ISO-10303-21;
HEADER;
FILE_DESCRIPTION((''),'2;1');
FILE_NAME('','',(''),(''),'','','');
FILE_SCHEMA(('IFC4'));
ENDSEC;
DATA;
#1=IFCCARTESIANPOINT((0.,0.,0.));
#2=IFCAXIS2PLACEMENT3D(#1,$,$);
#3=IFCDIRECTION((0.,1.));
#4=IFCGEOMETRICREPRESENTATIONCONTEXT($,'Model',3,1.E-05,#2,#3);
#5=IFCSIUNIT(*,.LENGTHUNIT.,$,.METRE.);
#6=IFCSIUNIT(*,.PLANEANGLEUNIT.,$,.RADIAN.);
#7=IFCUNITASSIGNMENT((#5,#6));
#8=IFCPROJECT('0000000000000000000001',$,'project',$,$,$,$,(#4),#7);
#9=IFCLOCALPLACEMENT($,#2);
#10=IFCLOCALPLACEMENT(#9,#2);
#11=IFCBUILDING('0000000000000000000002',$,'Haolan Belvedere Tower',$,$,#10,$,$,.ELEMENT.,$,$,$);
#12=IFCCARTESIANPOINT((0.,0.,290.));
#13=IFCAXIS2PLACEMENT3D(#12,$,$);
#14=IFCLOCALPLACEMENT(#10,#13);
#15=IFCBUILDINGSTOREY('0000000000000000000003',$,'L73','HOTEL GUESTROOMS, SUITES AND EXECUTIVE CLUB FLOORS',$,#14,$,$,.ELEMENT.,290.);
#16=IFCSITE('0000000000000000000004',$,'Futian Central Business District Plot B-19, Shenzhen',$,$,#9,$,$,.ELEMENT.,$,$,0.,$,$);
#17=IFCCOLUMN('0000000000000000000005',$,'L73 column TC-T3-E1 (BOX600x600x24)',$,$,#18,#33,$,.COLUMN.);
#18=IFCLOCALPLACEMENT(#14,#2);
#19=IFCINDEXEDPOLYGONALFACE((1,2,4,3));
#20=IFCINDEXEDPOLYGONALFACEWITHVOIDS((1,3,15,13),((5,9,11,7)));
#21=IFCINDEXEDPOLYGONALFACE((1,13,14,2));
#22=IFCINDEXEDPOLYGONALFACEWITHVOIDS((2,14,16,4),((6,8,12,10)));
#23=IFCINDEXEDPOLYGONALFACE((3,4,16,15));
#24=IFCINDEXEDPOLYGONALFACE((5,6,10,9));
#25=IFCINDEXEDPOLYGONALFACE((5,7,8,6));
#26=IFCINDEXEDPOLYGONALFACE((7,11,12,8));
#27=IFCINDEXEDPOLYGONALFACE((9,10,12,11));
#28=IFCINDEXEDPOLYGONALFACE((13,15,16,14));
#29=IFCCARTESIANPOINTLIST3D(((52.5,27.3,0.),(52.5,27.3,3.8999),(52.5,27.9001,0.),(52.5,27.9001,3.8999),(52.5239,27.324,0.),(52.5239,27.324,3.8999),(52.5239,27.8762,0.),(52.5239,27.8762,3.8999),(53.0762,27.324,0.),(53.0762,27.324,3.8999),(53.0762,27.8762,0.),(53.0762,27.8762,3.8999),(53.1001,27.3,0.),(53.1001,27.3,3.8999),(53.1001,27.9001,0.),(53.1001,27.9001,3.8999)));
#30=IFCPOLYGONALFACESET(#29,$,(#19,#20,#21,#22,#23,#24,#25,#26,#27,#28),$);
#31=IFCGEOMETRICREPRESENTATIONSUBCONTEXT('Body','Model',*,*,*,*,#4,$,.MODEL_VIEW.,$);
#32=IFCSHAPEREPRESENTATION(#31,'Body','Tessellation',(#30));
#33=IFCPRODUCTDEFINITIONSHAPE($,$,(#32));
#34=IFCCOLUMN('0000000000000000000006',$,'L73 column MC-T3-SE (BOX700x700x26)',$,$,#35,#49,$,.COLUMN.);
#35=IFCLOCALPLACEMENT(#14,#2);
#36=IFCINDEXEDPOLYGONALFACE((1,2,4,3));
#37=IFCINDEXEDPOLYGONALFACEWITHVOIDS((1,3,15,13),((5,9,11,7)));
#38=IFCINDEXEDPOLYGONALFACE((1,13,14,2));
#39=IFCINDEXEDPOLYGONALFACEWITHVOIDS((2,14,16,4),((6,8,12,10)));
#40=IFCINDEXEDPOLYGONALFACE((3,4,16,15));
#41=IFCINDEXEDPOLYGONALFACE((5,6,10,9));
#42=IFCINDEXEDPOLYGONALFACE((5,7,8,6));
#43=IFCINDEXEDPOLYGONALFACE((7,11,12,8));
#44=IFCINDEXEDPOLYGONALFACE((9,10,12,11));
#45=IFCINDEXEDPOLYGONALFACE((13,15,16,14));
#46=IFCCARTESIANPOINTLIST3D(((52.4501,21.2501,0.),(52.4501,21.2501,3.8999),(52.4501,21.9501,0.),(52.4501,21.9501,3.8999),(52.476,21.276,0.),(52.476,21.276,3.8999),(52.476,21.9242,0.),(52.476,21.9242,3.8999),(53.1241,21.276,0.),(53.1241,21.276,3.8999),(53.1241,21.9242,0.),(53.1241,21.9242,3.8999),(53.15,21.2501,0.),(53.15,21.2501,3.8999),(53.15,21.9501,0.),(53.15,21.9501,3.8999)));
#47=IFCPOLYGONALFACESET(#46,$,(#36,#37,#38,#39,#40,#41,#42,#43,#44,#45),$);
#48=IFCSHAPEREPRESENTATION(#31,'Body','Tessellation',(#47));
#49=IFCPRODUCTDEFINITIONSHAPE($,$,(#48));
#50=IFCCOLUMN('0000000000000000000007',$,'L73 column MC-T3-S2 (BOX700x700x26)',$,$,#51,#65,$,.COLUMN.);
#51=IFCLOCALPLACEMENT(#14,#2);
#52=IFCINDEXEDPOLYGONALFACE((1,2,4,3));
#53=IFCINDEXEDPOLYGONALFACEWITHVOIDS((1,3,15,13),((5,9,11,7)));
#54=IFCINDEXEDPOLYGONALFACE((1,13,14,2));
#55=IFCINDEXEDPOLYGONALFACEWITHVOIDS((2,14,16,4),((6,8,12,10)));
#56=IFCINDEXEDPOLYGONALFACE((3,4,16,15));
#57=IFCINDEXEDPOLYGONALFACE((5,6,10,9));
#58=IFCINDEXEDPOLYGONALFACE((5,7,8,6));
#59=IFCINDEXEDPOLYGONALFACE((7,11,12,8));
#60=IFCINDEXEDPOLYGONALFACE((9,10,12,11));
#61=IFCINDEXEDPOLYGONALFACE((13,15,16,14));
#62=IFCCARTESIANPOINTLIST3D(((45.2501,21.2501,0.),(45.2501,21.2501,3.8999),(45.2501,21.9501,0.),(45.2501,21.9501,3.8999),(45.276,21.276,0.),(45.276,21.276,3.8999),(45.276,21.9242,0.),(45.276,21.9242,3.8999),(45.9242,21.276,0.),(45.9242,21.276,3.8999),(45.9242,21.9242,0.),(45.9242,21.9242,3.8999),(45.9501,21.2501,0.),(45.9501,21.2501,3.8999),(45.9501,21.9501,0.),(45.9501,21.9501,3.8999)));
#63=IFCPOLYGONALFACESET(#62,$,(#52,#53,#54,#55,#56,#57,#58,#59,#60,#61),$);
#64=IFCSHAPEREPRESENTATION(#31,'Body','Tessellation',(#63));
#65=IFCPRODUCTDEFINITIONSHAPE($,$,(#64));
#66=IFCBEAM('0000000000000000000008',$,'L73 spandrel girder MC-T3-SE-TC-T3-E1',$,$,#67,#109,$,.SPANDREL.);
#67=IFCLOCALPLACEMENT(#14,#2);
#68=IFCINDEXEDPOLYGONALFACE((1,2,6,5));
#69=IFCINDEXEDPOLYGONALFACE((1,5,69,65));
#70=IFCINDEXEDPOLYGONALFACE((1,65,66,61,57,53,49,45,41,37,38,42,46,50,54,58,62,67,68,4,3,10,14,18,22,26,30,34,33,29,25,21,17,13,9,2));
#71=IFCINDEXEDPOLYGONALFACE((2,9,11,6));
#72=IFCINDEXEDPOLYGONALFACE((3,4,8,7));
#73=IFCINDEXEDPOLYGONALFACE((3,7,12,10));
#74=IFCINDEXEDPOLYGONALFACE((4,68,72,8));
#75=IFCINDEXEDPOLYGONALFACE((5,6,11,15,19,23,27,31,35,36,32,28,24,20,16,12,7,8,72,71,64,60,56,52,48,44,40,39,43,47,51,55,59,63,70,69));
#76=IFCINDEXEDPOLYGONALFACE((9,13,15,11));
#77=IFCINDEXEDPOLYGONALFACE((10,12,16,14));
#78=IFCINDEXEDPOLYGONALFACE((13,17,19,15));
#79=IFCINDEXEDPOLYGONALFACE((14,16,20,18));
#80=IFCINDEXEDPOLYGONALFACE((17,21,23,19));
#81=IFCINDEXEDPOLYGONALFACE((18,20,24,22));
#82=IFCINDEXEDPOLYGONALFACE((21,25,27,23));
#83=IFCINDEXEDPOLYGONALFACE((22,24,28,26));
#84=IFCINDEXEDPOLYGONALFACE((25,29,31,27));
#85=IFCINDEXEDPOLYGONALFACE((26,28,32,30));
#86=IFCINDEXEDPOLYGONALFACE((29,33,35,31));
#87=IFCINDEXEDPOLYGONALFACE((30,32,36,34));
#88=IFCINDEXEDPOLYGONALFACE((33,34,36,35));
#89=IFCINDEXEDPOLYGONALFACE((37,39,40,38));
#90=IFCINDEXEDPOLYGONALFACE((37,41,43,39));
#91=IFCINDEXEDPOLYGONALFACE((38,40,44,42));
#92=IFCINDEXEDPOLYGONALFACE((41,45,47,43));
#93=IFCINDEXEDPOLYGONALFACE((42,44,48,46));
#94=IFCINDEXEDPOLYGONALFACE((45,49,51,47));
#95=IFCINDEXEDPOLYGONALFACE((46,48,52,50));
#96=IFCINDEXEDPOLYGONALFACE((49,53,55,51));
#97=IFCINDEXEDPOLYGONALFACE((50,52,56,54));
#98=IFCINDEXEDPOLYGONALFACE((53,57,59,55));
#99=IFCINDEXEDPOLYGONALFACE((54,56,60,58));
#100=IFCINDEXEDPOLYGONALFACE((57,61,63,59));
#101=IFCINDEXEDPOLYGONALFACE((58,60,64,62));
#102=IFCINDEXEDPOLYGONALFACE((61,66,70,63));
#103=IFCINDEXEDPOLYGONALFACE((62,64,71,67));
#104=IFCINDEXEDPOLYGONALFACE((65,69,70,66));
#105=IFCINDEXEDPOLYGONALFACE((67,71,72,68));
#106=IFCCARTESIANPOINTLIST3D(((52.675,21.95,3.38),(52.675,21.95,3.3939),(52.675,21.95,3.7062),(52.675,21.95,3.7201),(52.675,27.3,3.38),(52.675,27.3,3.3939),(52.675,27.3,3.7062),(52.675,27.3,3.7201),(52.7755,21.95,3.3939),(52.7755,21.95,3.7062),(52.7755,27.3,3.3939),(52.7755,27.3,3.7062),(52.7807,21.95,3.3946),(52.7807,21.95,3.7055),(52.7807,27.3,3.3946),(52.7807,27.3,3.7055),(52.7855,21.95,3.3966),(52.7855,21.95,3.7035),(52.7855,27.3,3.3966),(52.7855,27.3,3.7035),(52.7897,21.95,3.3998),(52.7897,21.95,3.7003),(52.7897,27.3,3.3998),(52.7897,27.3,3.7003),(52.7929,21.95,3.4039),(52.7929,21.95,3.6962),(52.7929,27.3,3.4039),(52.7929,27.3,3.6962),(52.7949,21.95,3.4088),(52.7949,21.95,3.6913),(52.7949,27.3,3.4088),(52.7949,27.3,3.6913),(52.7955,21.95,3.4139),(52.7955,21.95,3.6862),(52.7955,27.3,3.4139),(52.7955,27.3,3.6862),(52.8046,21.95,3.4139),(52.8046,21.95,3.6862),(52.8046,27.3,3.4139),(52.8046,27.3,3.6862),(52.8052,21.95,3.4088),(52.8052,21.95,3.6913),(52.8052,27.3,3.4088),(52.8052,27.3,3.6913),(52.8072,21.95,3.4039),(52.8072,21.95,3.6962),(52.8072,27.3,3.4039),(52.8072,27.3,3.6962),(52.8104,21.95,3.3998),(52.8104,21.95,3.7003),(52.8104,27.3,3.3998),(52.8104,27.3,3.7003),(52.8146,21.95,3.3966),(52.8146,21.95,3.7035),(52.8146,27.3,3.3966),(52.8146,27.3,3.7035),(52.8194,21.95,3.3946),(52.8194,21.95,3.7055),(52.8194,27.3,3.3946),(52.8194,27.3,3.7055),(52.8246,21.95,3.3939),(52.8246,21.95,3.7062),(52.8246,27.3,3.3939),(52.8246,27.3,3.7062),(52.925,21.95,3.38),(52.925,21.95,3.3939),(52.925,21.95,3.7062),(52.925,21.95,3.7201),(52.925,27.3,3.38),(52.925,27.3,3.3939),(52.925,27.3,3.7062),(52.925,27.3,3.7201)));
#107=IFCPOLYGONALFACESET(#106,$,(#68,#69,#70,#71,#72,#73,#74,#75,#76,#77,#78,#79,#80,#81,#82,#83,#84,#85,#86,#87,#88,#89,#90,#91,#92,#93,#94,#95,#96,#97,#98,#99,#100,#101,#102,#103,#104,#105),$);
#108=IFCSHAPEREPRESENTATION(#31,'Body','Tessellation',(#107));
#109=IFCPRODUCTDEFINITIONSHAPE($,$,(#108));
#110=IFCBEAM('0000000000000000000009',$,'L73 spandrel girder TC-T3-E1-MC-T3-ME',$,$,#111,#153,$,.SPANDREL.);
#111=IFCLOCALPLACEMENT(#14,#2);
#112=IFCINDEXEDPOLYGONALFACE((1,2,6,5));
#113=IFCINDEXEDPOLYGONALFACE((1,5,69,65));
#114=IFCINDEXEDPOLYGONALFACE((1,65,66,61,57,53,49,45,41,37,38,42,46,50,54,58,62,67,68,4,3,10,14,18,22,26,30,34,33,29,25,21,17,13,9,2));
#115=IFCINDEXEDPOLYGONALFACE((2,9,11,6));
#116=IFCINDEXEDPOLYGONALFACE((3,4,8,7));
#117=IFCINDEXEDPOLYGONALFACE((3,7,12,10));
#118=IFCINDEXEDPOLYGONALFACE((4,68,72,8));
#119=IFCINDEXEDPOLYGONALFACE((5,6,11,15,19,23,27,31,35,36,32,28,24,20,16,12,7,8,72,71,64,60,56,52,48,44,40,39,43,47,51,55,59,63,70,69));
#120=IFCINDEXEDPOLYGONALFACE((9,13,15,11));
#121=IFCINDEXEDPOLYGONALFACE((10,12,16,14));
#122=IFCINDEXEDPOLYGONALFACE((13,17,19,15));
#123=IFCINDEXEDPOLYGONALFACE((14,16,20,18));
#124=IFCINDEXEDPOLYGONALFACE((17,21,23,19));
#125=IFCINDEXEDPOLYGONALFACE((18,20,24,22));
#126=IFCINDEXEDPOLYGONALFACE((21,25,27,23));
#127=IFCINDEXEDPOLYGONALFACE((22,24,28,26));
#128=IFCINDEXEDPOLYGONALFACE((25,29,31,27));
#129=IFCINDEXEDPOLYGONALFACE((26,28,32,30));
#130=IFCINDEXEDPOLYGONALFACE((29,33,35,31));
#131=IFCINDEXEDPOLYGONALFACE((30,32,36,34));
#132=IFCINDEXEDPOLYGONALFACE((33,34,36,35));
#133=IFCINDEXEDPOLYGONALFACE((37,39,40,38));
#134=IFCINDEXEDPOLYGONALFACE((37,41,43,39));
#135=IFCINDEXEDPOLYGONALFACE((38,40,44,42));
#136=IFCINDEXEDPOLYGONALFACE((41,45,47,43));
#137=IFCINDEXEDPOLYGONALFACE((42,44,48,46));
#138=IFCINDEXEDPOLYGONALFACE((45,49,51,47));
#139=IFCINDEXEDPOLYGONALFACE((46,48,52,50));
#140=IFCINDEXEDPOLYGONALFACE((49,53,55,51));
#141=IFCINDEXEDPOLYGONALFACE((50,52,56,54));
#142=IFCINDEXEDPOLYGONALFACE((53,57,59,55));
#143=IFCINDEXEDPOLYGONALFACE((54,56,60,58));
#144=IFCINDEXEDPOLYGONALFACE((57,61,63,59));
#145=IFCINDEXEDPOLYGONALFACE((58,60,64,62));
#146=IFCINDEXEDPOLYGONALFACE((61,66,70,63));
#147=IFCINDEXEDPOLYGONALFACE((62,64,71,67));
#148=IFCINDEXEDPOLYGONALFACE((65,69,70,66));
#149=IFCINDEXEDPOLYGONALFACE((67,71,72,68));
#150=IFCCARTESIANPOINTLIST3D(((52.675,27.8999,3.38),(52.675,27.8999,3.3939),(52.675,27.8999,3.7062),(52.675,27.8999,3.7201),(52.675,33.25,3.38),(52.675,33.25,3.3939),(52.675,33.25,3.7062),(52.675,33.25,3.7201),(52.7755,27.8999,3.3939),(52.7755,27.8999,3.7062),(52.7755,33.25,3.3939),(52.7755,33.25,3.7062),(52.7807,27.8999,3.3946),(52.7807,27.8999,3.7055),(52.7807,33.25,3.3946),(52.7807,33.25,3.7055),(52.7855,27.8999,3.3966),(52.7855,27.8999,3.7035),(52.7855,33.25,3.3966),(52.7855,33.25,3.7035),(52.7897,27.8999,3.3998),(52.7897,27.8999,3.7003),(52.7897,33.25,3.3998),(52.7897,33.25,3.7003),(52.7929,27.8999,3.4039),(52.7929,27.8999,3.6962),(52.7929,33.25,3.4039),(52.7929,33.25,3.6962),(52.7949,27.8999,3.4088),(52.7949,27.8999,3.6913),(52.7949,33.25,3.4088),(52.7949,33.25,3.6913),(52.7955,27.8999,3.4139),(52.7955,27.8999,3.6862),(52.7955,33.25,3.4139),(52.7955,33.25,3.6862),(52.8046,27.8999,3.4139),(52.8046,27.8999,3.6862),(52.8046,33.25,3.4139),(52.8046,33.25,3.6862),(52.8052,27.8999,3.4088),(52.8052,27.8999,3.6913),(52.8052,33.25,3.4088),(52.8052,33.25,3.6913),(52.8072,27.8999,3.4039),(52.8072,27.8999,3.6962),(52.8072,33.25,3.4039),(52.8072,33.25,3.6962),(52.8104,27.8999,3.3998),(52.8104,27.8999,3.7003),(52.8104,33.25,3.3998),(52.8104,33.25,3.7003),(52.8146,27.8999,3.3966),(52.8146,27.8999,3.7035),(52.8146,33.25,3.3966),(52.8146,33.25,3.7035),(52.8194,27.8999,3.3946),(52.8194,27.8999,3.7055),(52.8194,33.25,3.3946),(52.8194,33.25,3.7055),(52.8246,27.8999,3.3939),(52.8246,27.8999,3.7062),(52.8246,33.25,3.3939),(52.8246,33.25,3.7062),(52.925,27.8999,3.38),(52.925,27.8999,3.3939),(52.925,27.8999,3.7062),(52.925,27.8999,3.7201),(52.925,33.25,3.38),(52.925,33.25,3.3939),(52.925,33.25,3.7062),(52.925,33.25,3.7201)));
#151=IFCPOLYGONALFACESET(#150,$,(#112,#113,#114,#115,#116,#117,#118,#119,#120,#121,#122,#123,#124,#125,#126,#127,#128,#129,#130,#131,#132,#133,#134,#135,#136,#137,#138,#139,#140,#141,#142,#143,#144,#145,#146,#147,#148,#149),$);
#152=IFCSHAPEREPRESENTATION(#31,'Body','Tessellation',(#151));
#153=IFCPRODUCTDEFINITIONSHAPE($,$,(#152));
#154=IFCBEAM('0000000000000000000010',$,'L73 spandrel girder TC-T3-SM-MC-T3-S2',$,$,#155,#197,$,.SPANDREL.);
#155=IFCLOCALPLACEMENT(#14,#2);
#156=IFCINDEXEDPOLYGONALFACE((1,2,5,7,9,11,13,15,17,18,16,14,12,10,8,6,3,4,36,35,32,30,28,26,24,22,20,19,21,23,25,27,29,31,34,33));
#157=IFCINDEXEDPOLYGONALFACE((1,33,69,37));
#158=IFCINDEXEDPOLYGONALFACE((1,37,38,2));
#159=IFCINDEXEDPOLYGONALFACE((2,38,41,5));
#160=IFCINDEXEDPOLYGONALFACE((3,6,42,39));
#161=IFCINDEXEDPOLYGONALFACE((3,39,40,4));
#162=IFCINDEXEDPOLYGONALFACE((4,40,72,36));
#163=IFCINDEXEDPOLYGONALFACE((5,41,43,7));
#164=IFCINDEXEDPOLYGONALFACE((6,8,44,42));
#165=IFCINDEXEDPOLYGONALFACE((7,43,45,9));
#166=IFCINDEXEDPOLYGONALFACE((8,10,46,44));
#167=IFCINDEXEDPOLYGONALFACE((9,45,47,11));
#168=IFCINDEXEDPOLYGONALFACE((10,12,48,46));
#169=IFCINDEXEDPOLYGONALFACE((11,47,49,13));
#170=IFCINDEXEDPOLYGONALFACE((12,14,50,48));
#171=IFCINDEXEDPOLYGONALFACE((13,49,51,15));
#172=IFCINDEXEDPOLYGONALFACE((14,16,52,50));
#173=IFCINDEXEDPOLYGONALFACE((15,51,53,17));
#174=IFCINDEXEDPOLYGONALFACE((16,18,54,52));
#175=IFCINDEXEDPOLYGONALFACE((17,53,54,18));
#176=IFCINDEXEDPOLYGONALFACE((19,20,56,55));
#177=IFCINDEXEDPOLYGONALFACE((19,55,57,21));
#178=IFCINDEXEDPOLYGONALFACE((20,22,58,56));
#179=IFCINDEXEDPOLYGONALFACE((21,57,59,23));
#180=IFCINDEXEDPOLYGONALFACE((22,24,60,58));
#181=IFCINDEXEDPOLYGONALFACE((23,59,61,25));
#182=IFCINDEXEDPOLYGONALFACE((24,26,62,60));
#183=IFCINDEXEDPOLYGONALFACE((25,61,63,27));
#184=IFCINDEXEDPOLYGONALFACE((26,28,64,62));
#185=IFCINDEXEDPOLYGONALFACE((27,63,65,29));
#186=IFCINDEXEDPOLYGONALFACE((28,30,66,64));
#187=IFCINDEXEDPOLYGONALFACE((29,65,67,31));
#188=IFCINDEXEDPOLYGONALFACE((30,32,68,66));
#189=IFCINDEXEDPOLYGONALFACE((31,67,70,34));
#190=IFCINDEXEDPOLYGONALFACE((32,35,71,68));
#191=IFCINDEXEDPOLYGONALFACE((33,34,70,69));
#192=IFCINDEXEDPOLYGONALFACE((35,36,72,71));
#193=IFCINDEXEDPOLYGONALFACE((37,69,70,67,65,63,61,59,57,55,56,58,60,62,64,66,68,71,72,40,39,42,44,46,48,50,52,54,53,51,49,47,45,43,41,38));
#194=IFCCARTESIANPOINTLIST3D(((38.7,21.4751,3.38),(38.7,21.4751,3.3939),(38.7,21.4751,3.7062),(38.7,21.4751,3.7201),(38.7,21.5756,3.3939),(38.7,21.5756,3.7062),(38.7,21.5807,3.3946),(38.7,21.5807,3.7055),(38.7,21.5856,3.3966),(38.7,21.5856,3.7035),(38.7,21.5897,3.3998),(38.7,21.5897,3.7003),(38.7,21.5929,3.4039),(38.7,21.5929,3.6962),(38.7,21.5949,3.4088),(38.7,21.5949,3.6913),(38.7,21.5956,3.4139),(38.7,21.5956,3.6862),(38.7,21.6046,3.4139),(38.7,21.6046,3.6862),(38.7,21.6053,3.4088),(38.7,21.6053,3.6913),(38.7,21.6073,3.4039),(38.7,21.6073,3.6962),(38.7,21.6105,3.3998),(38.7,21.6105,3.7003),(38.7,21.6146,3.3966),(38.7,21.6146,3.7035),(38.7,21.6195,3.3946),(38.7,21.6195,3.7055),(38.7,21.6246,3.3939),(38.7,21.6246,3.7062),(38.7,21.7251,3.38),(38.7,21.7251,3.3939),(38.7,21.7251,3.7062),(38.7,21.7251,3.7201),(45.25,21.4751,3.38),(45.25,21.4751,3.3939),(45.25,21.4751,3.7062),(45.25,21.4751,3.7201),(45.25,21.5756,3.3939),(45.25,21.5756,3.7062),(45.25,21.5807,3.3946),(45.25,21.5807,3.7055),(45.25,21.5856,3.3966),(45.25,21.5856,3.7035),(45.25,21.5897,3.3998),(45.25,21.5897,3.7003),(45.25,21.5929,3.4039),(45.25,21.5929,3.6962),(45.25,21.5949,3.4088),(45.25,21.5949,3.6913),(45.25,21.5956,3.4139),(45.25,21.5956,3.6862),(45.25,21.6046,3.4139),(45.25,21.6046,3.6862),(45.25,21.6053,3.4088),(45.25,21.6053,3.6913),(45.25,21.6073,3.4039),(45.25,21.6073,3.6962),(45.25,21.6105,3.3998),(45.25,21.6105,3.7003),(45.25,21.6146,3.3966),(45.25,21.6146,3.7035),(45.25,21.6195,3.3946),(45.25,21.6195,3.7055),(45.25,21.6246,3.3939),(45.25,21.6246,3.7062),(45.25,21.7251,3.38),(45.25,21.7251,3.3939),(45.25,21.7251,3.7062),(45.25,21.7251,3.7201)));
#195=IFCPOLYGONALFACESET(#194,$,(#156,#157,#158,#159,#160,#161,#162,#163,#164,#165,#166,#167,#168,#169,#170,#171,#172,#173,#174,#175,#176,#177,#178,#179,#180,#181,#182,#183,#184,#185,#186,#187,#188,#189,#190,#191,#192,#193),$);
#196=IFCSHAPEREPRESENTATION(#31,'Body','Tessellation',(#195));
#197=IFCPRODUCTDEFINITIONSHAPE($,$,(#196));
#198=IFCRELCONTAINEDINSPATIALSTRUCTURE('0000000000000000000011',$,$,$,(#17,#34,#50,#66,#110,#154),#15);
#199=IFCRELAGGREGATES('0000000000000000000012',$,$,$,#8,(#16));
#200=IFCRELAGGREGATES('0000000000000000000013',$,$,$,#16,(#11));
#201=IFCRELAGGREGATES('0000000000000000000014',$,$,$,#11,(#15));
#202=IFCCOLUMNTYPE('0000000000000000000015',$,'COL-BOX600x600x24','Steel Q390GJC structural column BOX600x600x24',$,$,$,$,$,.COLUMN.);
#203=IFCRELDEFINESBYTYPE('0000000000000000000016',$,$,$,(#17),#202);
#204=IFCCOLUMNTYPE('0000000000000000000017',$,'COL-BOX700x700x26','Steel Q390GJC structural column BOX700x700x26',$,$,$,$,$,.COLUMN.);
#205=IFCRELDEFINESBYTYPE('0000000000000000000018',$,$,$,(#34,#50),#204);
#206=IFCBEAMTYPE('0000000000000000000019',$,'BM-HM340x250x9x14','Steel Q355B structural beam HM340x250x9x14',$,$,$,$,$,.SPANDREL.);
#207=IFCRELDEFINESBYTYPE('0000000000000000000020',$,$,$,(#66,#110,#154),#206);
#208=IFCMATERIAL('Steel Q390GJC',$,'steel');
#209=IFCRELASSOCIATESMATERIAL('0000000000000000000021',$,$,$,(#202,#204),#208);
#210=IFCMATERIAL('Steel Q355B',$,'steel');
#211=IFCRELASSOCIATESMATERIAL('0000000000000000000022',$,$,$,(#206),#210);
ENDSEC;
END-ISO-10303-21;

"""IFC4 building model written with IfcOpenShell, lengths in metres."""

from ifc_helpers import new_model, si_unit, direction, frame, origin, origin_2d, place, context, subcontext, project, spatial, hollow_rectangle, i_section, extrude, material, material_profile, profile_set, type_object, element, save


model = new_model("IFC4")

# Units and contexts
model_context = context("Model", 3, precision=1e-05, world=origin(), true_north=direction((0.0, 1.0)))
body_context = subcontext(model_context, "Body", "Model", "MODEL_VIEW")
ifc_project = project(units=[si_unit("LENGTHUNIT", "METRE"), si_unit("PLANEANGLEUNIT", "RADIAN")], contexts=[model_context])

# Site, building, storey
site_placement = place(None, origin())
site = spatial("IfcSite", under=ifc_project, at=site_placement, Name="Futian Central Business District Plot B-19, Shenzhen", CompositionType="ELEMENT", RefElevation=0.0)
building_placement = place(site_placement, origin())
building = spatial("IfcBuilding", under=site, at=building_placement, Name="Haolan Belvedere Tower", CompositionType="ELEMENT")
storey_placement = place(building_placement, frame((0.0, 0.0, 290.0)))
storey = spatial("IfcBuildingStorey", under=building, at=storey_placement, Name="L73", Description="HOTEL GUESTROOMS, SUITES AND EXECUTIVE CLUB FLOORS", CompositionType="ELEMENT", Elevation=290.0)

# Columns
ifc_material_1 = material(Name="Steel Q390GJC", Category="steel")
ifc_material_profile_1 = material_profile(ifc_material_1, hollow_rectangle(XDim=0.6001, YDim=0.6001, WallThickness=0.0239, at=origin_2d()), Name="Steel Q390GJC")
ifc_profile_set_1 = profile_set([ifc_material_profile_1], Name="Steel Q390GJC")
column_type_1 = type_object("IfcColumnType", Name="COL-BOX600x600x24", Description="Steel Q390GJC structural column BOX600x600x24", PredefinedType="COLUMN", material=ifc_profile_set_1)
column_placement = place(storey_placement, frame((52.8, 27.6001, 0.0), z_axis=(0.0, 0.0, 1.0), x_axis=(1.0, 0.0, 0.0)))
element("IfcColumn", 1, at=column_placement, inside=storey, type_object=column_type_1, Name="L73 column TC-T3-E1 (BOX600x600x24)", PredefinedType="COLUMN", context=body_context, shape_type="SweptSolid", body=[
    extrude(hollow_rectangle(XDim=0.6001, YDim=0.6001, WallThickness=0.0239, at=origin_2d()), origin(), (0.0, 0.0, 1.0), 3.8999),
])
ifc_material_profile_2 = material_profile(ifc_material_1, hollow_rectangle(XDim=0.7, YDim=0.7, WallThickness=0.0259, at=origin_2d()), Name="Steel Q390GJC")
ifc_profile_set_2 = profile_set([ifc_material_profile_2], Name="Steel Q390GJC")
column_type_2 = type_object("IfcColumnType", Name="COL-BOX700x700x26", Description="Steel Q390GJC structural column BOX700x700x26", PredefinedType="COLUMN", material=ifc_profile_set_2)
for number, where, z_axis, x_axis, name in (
    (2, (52.8, 21.6001, 0.0), (0.0, 0.0, 1.0), (1.0, 0.0, 0.0), "L73 column MC-T3-SE (BOX700x700x26)"),
    (3, (45.6001, 21.6001, 0.0), (0.0, 0.0, 1.0), (1.0, 0.0, 0.0), "L73 column MC-T3-S2 (BOX700x700x26)"),
):
    element("IfcColumn", number, at=place(storey_placement, frame(where, z_axis=z_axis, x_axis=x_axis)), inside=storey, type_object=column_type_2, Name=name, PredefinedType="COLUMN", context=body_context, shape_type="SweptSolid", body=[
        extrude(hollow_rectangle(XDim=0.7, YDim=0.7, WallThickness=0.0259, at=origin_2d()), origin(), (0.0, 0.0, 1.0), 3.8999),
    ])

# Beams
ifc_material_2 = material(Name="Steel Q355B", Category="steel")
ifc_material_profile_3 = material_profile(ifc_material_2, i_section(OverallWidth=0.25, OverallDepth=0.3401, WebThickness=0.009, FlangeThickness=0.0139, FilletRadius=0.02, at=origin_2d()), Name="Steel Q355B")
ifc_profile_set_3 = profile_set([ifc_material_profile_3], Name="Steel Q355B")
beam_type_1 = type_object("IfcBeamType", Name="BM-HM340x250x9x14", Description="Steel Q355B structural beam HM340x250x9x14", PredefinedType="SPANDREL", material=ifc_profile_set_3)
for number, where, z_axis, x_axis, name in (
    (4, (52.8, 21.95, 3.55), (0.0, 1.0, 0.0), (-1.0, 0.0, 0.0), "L73 spandrel girder MC-T3-SE-TC-T3-E1"),
    (5, (52.8, 27.8999, 3.55), (0.0, 1.0, 0.0), (-1.0, 0.0, 0.0), "L73 spandrel girder TC-T3-E1-MC-T3-ME"),
):
    element("IfcBeam", number, at=place(storey_placement, frame(where, z_axis=z_axis, x_axis=x_axis)), inside=storey, type_object=beam_type_1, Name=name, PredefinedType="SPANDREL", context=body_context, shape_type="SweptSolid", body=[
        extrude(i_section(OverallWidth=0.25, OverallDepth=0.3401, WebThickness=0.009, FlangeThickness=0.0139, FilletRadius=0.02, at=origin_2d()), origin(), (0.0, 0.0, 1.0), 5.3501),
    ])
beam_1_placement = place(storey_placement, frame((38.7, 21.6001, 3.55), z_axis=(1.0, 0.0, 0.0), x_axis=(0.0, 1.0, 0.0)))
element("IfcBeam", 6, at=beam_1_placement, inside=storey, type_object=beam_type_1, Name="L73 spandrel girder TC-T3-SM-MC-T3-S2", PredefinedType="SPANDREL", context=body_context, shape_type="SweptSolid", body=[
    extrude(i_section(OverallWidth=0.25, OverallDepth=0.3401, WebThickness=0.009, FlangeThickness=0.0139, FilletRadius=0.02, at=origin_2d()), origin(), (0.0, 0.0, 1.0), 6.55),
])

save(model, "model.ifc")
